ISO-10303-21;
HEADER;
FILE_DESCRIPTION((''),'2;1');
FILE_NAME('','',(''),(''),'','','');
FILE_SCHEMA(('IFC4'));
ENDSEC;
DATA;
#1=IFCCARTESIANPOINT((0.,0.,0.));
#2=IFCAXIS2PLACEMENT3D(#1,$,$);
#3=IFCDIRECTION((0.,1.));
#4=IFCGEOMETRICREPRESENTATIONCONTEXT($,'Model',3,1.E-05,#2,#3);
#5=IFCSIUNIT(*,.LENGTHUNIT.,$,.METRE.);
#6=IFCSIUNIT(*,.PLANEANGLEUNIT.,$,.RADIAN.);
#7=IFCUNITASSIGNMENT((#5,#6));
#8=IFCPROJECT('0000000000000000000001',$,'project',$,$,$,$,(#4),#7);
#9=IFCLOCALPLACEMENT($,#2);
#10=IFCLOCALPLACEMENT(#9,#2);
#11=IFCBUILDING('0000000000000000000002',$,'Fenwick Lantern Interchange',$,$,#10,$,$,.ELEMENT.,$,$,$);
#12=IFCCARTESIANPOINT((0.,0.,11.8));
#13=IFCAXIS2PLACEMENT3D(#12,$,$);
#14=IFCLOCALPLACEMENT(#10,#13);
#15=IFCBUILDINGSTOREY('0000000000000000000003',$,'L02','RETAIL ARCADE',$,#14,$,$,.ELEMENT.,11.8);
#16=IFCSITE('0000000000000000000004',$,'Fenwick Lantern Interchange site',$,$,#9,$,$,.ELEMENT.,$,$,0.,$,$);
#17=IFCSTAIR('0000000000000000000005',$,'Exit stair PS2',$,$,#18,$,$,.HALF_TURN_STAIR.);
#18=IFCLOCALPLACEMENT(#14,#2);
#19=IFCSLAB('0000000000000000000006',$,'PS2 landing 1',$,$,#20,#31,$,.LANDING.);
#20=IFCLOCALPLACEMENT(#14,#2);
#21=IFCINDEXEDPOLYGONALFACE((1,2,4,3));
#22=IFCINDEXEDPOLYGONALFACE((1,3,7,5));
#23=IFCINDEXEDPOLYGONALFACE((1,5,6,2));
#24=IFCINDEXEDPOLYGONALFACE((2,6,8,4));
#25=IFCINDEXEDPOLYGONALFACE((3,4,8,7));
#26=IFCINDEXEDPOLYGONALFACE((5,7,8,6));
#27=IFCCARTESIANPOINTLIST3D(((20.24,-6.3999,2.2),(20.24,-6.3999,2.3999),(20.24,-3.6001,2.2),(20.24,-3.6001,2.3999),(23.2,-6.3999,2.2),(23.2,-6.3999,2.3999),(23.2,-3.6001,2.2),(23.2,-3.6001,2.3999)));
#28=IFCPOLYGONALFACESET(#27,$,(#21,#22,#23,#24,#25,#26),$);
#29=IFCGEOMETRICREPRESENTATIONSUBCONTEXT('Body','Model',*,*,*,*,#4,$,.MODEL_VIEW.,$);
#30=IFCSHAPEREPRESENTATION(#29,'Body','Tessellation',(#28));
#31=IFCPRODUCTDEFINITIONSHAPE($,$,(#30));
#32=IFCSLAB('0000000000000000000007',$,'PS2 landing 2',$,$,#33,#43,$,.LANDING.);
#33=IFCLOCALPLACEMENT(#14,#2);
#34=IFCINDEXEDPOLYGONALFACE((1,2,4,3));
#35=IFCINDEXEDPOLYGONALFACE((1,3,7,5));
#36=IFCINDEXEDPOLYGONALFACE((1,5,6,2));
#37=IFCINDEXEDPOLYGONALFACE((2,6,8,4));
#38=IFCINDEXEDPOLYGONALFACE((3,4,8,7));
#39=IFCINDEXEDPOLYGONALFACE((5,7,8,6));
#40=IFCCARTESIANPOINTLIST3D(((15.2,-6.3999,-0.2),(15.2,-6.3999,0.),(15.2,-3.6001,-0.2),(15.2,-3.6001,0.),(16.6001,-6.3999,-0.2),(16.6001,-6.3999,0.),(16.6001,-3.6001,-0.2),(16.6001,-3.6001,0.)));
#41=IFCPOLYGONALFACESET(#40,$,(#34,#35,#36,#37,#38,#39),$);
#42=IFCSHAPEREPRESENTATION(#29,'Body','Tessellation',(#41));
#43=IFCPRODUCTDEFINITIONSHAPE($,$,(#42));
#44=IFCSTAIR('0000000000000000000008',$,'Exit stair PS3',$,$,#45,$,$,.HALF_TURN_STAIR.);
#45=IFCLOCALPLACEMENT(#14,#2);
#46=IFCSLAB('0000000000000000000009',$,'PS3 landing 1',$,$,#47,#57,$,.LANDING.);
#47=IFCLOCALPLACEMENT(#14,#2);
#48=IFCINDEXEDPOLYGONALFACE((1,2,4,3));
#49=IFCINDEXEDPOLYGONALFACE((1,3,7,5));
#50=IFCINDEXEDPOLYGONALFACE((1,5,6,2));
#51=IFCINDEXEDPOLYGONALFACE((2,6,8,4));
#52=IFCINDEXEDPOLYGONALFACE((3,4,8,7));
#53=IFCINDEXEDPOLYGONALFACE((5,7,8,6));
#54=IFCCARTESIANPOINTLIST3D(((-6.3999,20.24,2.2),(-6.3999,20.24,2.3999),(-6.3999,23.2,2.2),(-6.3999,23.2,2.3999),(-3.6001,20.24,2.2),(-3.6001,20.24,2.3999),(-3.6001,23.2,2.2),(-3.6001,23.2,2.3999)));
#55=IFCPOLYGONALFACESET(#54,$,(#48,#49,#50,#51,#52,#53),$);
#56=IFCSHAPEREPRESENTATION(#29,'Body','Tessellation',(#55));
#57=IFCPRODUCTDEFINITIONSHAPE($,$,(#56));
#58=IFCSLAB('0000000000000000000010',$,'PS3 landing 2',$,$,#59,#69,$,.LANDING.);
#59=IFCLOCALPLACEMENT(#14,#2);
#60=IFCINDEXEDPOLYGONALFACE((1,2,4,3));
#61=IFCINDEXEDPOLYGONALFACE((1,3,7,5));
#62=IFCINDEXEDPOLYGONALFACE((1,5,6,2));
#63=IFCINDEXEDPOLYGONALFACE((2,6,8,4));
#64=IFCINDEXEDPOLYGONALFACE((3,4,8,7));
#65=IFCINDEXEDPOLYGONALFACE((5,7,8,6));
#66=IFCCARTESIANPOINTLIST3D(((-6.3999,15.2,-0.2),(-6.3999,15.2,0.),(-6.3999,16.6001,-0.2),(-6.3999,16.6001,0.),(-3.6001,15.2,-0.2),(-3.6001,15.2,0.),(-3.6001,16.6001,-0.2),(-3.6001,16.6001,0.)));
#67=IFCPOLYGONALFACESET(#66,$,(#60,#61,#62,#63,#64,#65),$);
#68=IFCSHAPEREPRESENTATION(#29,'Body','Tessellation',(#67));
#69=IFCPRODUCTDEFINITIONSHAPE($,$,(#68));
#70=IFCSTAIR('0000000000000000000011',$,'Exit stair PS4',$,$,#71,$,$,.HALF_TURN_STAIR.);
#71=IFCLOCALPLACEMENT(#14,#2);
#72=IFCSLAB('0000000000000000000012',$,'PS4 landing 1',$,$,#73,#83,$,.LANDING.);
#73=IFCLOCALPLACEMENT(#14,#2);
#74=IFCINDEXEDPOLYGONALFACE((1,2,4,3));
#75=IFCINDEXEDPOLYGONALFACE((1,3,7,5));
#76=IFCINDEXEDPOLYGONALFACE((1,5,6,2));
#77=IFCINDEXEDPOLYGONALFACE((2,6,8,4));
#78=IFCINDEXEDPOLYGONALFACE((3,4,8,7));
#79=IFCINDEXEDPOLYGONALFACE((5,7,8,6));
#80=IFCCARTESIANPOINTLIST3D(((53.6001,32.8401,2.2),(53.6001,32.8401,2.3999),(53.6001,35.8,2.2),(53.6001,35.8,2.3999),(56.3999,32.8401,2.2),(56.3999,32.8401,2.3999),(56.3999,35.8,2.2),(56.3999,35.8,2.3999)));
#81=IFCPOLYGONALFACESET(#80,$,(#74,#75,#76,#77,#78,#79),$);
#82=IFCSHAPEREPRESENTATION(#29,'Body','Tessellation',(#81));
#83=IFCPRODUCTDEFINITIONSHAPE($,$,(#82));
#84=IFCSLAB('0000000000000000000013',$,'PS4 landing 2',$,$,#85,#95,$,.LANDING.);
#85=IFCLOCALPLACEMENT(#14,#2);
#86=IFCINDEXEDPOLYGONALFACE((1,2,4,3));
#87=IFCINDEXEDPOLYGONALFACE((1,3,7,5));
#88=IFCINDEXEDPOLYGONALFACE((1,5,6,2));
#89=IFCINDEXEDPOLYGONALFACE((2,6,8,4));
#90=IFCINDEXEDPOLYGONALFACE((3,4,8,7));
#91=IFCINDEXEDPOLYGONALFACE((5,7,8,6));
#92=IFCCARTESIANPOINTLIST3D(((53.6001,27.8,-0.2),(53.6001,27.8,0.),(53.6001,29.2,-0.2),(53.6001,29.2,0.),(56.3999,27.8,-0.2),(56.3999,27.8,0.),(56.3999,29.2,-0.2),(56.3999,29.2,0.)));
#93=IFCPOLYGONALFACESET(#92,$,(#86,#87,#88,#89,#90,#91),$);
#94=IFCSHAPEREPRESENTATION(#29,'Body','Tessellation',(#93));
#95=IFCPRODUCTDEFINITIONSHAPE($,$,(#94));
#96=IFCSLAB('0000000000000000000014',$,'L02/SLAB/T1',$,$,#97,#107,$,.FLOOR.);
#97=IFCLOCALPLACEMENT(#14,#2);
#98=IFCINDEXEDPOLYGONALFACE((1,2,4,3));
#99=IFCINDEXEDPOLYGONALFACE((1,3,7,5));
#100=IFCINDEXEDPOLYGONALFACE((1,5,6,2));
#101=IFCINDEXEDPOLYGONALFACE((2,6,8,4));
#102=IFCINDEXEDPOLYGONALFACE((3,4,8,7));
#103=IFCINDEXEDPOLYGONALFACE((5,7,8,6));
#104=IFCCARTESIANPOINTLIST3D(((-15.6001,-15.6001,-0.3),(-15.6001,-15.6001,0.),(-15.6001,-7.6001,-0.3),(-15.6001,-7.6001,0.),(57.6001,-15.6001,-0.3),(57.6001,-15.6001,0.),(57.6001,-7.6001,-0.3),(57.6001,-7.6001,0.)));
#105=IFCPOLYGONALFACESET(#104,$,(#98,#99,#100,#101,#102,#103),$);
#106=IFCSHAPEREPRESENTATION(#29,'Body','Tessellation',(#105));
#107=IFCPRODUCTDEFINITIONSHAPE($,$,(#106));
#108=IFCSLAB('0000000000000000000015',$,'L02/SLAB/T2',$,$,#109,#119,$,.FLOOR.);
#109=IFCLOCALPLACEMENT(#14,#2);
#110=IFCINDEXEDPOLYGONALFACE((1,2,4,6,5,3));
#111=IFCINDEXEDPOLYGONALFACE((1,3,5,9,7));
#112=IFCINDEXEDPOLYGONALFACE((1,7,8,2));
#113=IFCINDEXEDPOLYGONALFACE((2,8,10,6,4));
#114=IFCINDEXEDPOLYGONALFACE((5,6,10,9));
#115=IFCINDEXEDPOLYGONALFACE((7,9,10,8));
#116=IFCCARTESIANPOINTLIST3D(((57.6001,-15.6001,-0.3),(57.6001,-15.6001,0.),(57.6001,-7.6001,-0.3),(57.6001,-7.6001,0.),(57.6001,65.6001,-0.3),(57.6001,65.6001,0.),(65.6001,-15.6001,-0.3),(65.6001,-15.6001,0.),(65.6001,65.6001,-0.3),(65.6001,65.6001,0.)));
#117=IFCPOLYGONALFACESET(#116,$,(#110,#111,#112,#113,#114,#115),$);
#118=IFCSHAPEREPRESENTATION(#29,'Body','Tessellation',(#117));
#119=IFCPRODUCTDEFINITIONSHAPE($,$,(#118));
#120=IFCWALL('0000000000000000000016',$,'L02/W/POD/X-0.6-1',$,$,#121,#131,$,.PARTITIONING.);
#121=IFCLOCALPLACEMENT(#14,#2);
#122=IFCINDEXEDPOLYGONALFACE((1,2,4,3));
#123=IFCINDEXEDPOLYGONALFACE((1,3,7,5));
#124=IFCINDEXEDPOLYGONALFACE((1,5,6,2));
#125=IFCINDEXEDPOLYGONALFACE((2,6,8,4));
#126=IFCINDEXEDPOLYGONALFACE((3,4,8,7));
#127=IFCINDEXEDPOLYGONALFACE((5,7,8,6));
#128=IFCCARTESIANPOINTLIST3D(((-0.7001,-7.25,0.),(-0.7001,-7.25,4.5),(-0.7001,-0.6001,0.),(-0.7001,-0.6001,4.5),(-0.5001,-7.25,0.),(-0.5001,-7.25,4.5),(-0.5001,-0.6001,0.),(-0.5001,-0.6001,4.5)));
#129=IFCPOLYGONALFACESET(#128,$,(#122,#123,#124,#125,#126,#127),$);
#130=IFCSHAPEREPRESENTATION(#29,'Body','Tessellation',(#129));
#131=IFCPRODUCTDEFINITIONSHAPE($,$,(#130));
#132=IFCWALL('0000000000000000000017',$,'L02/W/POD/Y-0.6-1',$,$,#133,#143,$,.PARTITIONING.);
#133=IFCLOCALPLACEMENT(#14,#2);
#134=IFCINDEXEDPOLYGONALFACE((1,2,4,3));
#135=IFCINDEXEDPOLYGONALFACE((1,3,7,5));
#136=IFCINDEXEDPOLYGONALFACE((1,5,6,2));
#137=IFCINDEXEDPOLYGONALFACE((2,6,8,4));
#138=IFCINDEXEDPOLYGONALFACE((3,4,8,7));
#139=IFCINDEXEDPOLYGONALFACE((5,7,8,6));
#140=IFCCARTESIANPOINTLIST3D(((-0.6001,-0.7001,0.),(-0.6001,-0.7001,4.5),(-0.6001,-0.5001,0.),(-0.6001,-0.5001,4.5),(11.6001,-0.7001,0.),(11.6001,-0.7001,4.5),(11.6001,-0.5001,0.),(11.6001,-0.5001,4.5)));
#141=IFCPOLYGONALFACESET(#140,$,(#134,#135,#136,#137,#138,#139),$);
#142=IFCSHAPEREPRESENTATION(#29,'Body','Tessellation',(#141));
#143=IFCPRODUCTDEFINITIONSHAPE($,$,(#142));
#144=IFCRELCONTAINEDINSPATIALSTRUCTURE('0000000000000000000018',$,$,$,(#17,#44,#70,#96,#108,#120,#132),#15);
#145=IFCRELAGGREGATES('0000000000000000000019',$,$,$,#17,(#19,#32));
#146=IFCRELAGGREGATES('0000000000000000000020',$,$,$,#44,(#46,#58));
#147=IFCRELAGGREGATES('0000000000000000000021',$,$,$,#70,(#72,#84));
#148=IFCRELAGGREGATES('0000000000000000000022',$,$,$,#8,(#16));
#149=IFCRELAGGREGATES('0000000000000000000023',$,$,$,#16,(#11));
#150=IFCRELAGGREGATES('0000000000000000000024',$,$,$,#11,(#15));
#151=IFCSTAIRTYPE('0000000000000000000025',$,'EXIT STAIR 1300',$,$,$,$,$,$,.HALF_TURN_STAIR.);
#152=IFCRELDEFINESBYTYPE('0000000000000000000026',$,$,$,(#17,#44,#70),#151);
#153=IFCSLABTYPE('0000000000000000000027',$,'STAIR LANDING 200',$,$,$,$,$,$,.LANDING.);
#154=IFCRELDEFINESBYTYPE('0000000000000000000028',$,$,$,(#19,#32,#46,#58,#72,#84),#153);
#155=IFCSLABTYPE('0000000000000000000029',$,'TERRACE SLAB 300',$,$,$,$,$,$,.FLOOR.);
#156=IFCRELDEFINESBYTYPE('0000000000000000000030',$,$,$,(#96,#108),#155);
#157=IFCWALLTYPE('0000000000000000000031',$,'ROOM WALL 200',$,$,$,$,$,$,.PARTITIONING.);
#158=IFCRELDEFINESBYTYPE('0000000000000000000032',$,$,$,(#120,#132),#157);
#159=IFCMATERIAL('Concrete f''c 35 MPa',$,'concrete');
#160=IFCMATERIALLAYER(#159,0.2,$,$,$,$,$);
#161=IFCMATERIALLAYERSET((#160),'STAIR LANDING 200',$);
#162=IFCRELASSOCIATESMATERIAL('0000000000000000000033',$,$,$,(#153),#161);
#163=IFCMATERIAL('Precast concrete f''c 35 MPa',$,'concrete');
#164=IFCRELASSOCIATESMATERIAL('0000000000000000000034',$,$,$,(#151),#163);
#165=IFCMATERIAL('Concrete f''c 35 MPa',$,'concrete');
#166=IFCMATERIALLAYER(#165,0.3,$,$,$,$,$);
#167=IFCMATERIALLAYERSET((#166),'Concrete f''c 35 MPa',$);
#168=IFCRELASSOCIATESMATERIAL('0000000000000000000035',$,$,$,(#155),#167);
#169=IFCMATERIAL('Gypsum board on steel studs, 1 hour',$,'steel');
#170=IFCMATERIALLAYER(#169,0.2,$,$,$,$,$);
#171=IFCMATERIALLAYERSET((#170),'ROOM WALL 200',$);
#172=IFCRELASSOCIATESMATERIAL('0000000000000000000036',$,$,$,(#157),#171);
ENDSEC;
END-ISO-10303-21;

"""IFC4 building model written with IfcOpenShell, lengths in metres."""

from ifc_helpers import new_model, si_unit, direction, frame, frame_2d, origin, place, context, subcontext, project, spatial, polyline, rectangle, outline, extrude, material, layer, layer_set, type_object, element, aggregate, save


model = new_model("IFC4")

# Units and contexts
model_context = context("Model", 3, precision=1e-05, world=origin(), true_north=direction((0.0, 1.0)))
body_context = subcontext(model_context, "Body", "Model", "MODEL_VIEW")
ifc_project = project(units=[si_unit("LENGTHUNIT", "METRE"), si_unit("PLANEANGLEUNIT", "RADIAN")], contexts=[model_context])

# Site, building, storey
site_placement = place(None, origin())
site = spatial("IfcSite", under=ifc_project, at=site_placement, Name="Fenwick Lantern Interchange site", CompositionType="ELEMENT", RefElevation=0.0)
building_placement = place(site_placement, origin())
building = spatial("IfcBuilding", under=site, at=building_placement, Name="Fenwick Lantern Interchange", CompositionType="ELEMENT")
storey_placement = place(building_placement, frame((0.0, 0.0, 11.8)))
storey = spatial("IfcBuildingStorey", under=building, at=storey_placement, Name="L02", Description="RETAIL ARCADE", CompositionType="ELEMENT", Elevation=11.8)

# Shared definitions
ifc_material_1 = material(Name="Concrete f'c 35 MPa", Category="concrete")

# Stairs, slabs
ifc_material_2 = material(Name="Precast concrete f'c 35 MPa", Category="concrete")
ifc_material_3 = material(Name="Concrete f'c 35 MPa", Category="concrete")
ifc_layer_1 = layer(ifc_material_3, 0.2)
ifc_layer_set_1 = layer_set([ifc_layer_1], Name="STAIR LANDING 200")
slab_type_1 = type_object("IfcSlabType", Name="STAIR LANDING 200", PredefinedType="LANDING", material=ifc_layer_set_1)
stair_type_1 = type_object("IfcStairType", Name="EXIT STAIR 1300", PredefinedType="HALF_TURN_STAIR", material=ifc_material_2)
stair_1_placement = place(storey_placement, origin())
stair_1 = element("IfcStair", 1, at=stair_1_placement, inside=storey, type_object=stair_type_1, Name="Exit stair PS2", PredefinedType="HALF_TURN_STAIR")
slab_1_placement = place(storey_placement, frame((0.0, 0.0, 2.2)))
slab_1 = element("IfcSlab", 2, at=slab_1_placement, type_object=slab_type_1, Name="PS2 landing 1", PredefinedType="LANDING", context=body_context, shape_type="SweptSolid", body=[
    extrude(outline(polyline([(20.24, -6.3999), (23.2, -6.3999), (23.2, -3.6001), (20.24, -3.6001), (20.24, -6.3999)])), origin(), (0.0, 0.0, 1.0), 0.2),
])
slab_2_placement = place(storey_placement, frame((0.0, 0.0, -0.2)))
slab_2 = element("IfcSlab", 3, at=slab_2_placement, type_object=slab_type_1, Name="PS2 landing 2", PredefinedType="LANDING", context=body_context, shape_type="SweptSolid", body=[
    extrude(outline(polyline([(15.2, -6.3999), (16.6001, -6.3999), (16.6001, -3.6001), (15.2, -3.6001), (15.2, -6.3999)])), origin(), (0.0, 0.0, 1.0), 0.2),
])
aggregate(stair_1, [slab_1, slab_2])
stair_2_placement = place(storey_placement, origin())
stair_2 = element("IfcStair", 4, at=stair_2_placement, inside=storey, type_object=stair_type_1, Name="Exit stair PS3", PredefinedType="HALF_TURN_STAIR")
slab_3_placement = place(storey_placement, frame((0.0, 0.0, 2.2)))
slab_3 = element("IfcSlab", 5, at=slab_3_placement, type_object=slab_type_1, Name="PS3 landing 1", PredefinedType="LANDING", context=body_context, shape_type="SweptSolid", body=[
    extrude(outline(polyline([(-6.3999, 20.24), (-3.6001, 20.24), (-3.6001, 23.2), (-6.3999, 23.2), (-6.3999, 20.24)])), origin(), (0.0, 0.0, 1.0), 0.2),
])
slab_4_placement = place(storey_placement, frame((0.0, 0.0, -0.2)))
slab_4 = element("IfcSlab", 6, at=slab_4_placement, type_object=slab_type_1, Name="PS3 landing 2", PredefinedType="LANDING", context=body_context, shape_type="SweptSolid", body=[
    extrude(outline(polyline([(-6.3999, 15.2), (-3.6001, 15.2), (-3.6001, 16.6001), (-6.3999, 16.6001), (-6.3999, 15.2)])), origin(), (0.0, 0.0, 1.0), 0.2),
])
aggregate(stair_2, [slab_3, slab_4])
stair_3_placement = place(storey_placement, origin())
stair_3 = element("IfcStair", 7, at=stair_3_placement, inside=storey, type_object=stair_type_1, Name="Exit stair PS4", PredefinedType="HALF_TURN_STAIR")
slab_5_placement = place(storey_placement, frame((0.0, 0.0, 2.2)))
slab_5 = element("IfcSlab", 8, at=slab_5_placement, type_object=slab_type_1, Name="PS4 landing 1", PredefinedType="LANDING", context=body_context, shape_type="SweptSolid", body=[
    extrude(outline(polyline([(53.6001, 32.8401), (56.3999, 32.8401), (56.3999, 35.8), (53.6001, 35.8), (53.6001, 32.8401)])), origin(), (0.0, 0.0, 1.0), 0.2),
])
slab_6_placement = place(storey_placement, frame((0.0, 0.0, -0.2)))
slab_6 = element("IfcSlab", 9, at=slab_6_placement, type_object=slab_type_1, Name="PS4 landing 2", PredefinedType="LANDING", context=body_context, shape_type="SweptSolid", body=[
    extrude(outline(polyline([(53.6001, 27.8), (56.3999, 27.8), (56.3999, 29.2), (53.6001, 29.2), (53.6001, 27.8)])), origin(), (0.0, 0.0, 1.0), 0.2),
])
aggregate(stair_3, [slab_5, slab_6])

# Slabs
ifc_layer_2 = layer(ifc_material_1, 0.3)
ifc_layer_set_2 = layer_set([ifc_layer_2], Name="Concrete f'c 35 MPa")
slab_type_2 = type_object("IfcSlabType", Name="TERRACE SLAB 300", PredefinedType="FLOOR", material=ifc_layer_set_2)
slab_7_placement = place(storey_placement, frame((0.0, 0.0, -0.3)))
element("IfcSlab", 10, at=slab_7_placement, inside=storey, type_object=slab_type_2, Name="L02/SLAB/T1", PredefinedType="FLOOR", context=body_context, shape_type="SweptSolid", body=[
    extrude(outline(polyline([(-15.6001, -7.6001), (57.6001, -7.6001), (57.6001, -15.6001), (-15.6001, -15.6001), (-15.6001, -7.6001)])), origin(), (0.0, 0.0, 1.0), 0.3),
])
slab_8_placement = place(storey_placement, frame((0.0, 0.0, -0.3)))
element("IfcSlab", 11, at=slab_8_placement, inside=storey, type_object=slab_type_2, Name="L02/SLAB/T2", PredefinedType="FLOOR", context=body_context, shape_type="SweptSolid", body=[
    extrude(outline(polyline([(57.6001, 65.6001), (65.6001, 65.6001), (65.6001, -15.6001), (57.6001, -15.6001), (57.6001, -7.6001), (57.6001, 65.6001)])), origin(), (0.0, 0.0, 1.0), 0.3),
])

# Walls
ifc_material_4 = material(Name="Gypsum board on steel studs, 1 hour", Category="steel")
ifc_layer_3 = layer(ifc_material_4, 0.2)
ifc_layer_set_3 = layer_set([ifc_layer_3], Name="ROOM WALL 200")
wall_type = type_object("IfcWallType", Name="ROOM WALL 200", PredefinedType="PARTITIONING", material=ifc_layer_set_3)
wall_1_placement = place(storey_placement, frame((-0.6001, -7.25, 0.0), z_axis=(0.0, 0.0, 1.0), x_axis=(0.0, 1.0, 0.0)))
element("IfcWall", 12, at=wall_1_placement, inside=storey, type_object=wall_type, Name="L02/W/POD/X-0.6-1", PredefinedType="PARTITIONING", context=body_context, shape_type="SweptSolid", body=[
    extrude(rectangle(XDim=6.6499, YDim=0.2, at=frame_2d((3.325, 0.0))), origin(), (0.0, 0.0, 1.0), 4.5),
])
wall_2_placement = place(storey_placement, frame((-0.6001, -0.6001, 0.0), z_axis=(0.0, 0.0, 1.0), x_axis=(1.0, 0.0, 0.0)))
element("IfcWall", 13, at=wall_2_placement, inside=storey, type_object=wall_type, Name="L02/W/POD/Y-0.6-1", PredefinedType="PARTITIONING", context=body_context, shape_type="SweptSolid", body=[
    extrude(rectangle(XDim=12.2002, YDim=0.2, at=frame_2d((6.1001, 0.0))), origin(), (0.0, 0.0, 1.0), 4.5),
])

save(model, "model.ifc")
